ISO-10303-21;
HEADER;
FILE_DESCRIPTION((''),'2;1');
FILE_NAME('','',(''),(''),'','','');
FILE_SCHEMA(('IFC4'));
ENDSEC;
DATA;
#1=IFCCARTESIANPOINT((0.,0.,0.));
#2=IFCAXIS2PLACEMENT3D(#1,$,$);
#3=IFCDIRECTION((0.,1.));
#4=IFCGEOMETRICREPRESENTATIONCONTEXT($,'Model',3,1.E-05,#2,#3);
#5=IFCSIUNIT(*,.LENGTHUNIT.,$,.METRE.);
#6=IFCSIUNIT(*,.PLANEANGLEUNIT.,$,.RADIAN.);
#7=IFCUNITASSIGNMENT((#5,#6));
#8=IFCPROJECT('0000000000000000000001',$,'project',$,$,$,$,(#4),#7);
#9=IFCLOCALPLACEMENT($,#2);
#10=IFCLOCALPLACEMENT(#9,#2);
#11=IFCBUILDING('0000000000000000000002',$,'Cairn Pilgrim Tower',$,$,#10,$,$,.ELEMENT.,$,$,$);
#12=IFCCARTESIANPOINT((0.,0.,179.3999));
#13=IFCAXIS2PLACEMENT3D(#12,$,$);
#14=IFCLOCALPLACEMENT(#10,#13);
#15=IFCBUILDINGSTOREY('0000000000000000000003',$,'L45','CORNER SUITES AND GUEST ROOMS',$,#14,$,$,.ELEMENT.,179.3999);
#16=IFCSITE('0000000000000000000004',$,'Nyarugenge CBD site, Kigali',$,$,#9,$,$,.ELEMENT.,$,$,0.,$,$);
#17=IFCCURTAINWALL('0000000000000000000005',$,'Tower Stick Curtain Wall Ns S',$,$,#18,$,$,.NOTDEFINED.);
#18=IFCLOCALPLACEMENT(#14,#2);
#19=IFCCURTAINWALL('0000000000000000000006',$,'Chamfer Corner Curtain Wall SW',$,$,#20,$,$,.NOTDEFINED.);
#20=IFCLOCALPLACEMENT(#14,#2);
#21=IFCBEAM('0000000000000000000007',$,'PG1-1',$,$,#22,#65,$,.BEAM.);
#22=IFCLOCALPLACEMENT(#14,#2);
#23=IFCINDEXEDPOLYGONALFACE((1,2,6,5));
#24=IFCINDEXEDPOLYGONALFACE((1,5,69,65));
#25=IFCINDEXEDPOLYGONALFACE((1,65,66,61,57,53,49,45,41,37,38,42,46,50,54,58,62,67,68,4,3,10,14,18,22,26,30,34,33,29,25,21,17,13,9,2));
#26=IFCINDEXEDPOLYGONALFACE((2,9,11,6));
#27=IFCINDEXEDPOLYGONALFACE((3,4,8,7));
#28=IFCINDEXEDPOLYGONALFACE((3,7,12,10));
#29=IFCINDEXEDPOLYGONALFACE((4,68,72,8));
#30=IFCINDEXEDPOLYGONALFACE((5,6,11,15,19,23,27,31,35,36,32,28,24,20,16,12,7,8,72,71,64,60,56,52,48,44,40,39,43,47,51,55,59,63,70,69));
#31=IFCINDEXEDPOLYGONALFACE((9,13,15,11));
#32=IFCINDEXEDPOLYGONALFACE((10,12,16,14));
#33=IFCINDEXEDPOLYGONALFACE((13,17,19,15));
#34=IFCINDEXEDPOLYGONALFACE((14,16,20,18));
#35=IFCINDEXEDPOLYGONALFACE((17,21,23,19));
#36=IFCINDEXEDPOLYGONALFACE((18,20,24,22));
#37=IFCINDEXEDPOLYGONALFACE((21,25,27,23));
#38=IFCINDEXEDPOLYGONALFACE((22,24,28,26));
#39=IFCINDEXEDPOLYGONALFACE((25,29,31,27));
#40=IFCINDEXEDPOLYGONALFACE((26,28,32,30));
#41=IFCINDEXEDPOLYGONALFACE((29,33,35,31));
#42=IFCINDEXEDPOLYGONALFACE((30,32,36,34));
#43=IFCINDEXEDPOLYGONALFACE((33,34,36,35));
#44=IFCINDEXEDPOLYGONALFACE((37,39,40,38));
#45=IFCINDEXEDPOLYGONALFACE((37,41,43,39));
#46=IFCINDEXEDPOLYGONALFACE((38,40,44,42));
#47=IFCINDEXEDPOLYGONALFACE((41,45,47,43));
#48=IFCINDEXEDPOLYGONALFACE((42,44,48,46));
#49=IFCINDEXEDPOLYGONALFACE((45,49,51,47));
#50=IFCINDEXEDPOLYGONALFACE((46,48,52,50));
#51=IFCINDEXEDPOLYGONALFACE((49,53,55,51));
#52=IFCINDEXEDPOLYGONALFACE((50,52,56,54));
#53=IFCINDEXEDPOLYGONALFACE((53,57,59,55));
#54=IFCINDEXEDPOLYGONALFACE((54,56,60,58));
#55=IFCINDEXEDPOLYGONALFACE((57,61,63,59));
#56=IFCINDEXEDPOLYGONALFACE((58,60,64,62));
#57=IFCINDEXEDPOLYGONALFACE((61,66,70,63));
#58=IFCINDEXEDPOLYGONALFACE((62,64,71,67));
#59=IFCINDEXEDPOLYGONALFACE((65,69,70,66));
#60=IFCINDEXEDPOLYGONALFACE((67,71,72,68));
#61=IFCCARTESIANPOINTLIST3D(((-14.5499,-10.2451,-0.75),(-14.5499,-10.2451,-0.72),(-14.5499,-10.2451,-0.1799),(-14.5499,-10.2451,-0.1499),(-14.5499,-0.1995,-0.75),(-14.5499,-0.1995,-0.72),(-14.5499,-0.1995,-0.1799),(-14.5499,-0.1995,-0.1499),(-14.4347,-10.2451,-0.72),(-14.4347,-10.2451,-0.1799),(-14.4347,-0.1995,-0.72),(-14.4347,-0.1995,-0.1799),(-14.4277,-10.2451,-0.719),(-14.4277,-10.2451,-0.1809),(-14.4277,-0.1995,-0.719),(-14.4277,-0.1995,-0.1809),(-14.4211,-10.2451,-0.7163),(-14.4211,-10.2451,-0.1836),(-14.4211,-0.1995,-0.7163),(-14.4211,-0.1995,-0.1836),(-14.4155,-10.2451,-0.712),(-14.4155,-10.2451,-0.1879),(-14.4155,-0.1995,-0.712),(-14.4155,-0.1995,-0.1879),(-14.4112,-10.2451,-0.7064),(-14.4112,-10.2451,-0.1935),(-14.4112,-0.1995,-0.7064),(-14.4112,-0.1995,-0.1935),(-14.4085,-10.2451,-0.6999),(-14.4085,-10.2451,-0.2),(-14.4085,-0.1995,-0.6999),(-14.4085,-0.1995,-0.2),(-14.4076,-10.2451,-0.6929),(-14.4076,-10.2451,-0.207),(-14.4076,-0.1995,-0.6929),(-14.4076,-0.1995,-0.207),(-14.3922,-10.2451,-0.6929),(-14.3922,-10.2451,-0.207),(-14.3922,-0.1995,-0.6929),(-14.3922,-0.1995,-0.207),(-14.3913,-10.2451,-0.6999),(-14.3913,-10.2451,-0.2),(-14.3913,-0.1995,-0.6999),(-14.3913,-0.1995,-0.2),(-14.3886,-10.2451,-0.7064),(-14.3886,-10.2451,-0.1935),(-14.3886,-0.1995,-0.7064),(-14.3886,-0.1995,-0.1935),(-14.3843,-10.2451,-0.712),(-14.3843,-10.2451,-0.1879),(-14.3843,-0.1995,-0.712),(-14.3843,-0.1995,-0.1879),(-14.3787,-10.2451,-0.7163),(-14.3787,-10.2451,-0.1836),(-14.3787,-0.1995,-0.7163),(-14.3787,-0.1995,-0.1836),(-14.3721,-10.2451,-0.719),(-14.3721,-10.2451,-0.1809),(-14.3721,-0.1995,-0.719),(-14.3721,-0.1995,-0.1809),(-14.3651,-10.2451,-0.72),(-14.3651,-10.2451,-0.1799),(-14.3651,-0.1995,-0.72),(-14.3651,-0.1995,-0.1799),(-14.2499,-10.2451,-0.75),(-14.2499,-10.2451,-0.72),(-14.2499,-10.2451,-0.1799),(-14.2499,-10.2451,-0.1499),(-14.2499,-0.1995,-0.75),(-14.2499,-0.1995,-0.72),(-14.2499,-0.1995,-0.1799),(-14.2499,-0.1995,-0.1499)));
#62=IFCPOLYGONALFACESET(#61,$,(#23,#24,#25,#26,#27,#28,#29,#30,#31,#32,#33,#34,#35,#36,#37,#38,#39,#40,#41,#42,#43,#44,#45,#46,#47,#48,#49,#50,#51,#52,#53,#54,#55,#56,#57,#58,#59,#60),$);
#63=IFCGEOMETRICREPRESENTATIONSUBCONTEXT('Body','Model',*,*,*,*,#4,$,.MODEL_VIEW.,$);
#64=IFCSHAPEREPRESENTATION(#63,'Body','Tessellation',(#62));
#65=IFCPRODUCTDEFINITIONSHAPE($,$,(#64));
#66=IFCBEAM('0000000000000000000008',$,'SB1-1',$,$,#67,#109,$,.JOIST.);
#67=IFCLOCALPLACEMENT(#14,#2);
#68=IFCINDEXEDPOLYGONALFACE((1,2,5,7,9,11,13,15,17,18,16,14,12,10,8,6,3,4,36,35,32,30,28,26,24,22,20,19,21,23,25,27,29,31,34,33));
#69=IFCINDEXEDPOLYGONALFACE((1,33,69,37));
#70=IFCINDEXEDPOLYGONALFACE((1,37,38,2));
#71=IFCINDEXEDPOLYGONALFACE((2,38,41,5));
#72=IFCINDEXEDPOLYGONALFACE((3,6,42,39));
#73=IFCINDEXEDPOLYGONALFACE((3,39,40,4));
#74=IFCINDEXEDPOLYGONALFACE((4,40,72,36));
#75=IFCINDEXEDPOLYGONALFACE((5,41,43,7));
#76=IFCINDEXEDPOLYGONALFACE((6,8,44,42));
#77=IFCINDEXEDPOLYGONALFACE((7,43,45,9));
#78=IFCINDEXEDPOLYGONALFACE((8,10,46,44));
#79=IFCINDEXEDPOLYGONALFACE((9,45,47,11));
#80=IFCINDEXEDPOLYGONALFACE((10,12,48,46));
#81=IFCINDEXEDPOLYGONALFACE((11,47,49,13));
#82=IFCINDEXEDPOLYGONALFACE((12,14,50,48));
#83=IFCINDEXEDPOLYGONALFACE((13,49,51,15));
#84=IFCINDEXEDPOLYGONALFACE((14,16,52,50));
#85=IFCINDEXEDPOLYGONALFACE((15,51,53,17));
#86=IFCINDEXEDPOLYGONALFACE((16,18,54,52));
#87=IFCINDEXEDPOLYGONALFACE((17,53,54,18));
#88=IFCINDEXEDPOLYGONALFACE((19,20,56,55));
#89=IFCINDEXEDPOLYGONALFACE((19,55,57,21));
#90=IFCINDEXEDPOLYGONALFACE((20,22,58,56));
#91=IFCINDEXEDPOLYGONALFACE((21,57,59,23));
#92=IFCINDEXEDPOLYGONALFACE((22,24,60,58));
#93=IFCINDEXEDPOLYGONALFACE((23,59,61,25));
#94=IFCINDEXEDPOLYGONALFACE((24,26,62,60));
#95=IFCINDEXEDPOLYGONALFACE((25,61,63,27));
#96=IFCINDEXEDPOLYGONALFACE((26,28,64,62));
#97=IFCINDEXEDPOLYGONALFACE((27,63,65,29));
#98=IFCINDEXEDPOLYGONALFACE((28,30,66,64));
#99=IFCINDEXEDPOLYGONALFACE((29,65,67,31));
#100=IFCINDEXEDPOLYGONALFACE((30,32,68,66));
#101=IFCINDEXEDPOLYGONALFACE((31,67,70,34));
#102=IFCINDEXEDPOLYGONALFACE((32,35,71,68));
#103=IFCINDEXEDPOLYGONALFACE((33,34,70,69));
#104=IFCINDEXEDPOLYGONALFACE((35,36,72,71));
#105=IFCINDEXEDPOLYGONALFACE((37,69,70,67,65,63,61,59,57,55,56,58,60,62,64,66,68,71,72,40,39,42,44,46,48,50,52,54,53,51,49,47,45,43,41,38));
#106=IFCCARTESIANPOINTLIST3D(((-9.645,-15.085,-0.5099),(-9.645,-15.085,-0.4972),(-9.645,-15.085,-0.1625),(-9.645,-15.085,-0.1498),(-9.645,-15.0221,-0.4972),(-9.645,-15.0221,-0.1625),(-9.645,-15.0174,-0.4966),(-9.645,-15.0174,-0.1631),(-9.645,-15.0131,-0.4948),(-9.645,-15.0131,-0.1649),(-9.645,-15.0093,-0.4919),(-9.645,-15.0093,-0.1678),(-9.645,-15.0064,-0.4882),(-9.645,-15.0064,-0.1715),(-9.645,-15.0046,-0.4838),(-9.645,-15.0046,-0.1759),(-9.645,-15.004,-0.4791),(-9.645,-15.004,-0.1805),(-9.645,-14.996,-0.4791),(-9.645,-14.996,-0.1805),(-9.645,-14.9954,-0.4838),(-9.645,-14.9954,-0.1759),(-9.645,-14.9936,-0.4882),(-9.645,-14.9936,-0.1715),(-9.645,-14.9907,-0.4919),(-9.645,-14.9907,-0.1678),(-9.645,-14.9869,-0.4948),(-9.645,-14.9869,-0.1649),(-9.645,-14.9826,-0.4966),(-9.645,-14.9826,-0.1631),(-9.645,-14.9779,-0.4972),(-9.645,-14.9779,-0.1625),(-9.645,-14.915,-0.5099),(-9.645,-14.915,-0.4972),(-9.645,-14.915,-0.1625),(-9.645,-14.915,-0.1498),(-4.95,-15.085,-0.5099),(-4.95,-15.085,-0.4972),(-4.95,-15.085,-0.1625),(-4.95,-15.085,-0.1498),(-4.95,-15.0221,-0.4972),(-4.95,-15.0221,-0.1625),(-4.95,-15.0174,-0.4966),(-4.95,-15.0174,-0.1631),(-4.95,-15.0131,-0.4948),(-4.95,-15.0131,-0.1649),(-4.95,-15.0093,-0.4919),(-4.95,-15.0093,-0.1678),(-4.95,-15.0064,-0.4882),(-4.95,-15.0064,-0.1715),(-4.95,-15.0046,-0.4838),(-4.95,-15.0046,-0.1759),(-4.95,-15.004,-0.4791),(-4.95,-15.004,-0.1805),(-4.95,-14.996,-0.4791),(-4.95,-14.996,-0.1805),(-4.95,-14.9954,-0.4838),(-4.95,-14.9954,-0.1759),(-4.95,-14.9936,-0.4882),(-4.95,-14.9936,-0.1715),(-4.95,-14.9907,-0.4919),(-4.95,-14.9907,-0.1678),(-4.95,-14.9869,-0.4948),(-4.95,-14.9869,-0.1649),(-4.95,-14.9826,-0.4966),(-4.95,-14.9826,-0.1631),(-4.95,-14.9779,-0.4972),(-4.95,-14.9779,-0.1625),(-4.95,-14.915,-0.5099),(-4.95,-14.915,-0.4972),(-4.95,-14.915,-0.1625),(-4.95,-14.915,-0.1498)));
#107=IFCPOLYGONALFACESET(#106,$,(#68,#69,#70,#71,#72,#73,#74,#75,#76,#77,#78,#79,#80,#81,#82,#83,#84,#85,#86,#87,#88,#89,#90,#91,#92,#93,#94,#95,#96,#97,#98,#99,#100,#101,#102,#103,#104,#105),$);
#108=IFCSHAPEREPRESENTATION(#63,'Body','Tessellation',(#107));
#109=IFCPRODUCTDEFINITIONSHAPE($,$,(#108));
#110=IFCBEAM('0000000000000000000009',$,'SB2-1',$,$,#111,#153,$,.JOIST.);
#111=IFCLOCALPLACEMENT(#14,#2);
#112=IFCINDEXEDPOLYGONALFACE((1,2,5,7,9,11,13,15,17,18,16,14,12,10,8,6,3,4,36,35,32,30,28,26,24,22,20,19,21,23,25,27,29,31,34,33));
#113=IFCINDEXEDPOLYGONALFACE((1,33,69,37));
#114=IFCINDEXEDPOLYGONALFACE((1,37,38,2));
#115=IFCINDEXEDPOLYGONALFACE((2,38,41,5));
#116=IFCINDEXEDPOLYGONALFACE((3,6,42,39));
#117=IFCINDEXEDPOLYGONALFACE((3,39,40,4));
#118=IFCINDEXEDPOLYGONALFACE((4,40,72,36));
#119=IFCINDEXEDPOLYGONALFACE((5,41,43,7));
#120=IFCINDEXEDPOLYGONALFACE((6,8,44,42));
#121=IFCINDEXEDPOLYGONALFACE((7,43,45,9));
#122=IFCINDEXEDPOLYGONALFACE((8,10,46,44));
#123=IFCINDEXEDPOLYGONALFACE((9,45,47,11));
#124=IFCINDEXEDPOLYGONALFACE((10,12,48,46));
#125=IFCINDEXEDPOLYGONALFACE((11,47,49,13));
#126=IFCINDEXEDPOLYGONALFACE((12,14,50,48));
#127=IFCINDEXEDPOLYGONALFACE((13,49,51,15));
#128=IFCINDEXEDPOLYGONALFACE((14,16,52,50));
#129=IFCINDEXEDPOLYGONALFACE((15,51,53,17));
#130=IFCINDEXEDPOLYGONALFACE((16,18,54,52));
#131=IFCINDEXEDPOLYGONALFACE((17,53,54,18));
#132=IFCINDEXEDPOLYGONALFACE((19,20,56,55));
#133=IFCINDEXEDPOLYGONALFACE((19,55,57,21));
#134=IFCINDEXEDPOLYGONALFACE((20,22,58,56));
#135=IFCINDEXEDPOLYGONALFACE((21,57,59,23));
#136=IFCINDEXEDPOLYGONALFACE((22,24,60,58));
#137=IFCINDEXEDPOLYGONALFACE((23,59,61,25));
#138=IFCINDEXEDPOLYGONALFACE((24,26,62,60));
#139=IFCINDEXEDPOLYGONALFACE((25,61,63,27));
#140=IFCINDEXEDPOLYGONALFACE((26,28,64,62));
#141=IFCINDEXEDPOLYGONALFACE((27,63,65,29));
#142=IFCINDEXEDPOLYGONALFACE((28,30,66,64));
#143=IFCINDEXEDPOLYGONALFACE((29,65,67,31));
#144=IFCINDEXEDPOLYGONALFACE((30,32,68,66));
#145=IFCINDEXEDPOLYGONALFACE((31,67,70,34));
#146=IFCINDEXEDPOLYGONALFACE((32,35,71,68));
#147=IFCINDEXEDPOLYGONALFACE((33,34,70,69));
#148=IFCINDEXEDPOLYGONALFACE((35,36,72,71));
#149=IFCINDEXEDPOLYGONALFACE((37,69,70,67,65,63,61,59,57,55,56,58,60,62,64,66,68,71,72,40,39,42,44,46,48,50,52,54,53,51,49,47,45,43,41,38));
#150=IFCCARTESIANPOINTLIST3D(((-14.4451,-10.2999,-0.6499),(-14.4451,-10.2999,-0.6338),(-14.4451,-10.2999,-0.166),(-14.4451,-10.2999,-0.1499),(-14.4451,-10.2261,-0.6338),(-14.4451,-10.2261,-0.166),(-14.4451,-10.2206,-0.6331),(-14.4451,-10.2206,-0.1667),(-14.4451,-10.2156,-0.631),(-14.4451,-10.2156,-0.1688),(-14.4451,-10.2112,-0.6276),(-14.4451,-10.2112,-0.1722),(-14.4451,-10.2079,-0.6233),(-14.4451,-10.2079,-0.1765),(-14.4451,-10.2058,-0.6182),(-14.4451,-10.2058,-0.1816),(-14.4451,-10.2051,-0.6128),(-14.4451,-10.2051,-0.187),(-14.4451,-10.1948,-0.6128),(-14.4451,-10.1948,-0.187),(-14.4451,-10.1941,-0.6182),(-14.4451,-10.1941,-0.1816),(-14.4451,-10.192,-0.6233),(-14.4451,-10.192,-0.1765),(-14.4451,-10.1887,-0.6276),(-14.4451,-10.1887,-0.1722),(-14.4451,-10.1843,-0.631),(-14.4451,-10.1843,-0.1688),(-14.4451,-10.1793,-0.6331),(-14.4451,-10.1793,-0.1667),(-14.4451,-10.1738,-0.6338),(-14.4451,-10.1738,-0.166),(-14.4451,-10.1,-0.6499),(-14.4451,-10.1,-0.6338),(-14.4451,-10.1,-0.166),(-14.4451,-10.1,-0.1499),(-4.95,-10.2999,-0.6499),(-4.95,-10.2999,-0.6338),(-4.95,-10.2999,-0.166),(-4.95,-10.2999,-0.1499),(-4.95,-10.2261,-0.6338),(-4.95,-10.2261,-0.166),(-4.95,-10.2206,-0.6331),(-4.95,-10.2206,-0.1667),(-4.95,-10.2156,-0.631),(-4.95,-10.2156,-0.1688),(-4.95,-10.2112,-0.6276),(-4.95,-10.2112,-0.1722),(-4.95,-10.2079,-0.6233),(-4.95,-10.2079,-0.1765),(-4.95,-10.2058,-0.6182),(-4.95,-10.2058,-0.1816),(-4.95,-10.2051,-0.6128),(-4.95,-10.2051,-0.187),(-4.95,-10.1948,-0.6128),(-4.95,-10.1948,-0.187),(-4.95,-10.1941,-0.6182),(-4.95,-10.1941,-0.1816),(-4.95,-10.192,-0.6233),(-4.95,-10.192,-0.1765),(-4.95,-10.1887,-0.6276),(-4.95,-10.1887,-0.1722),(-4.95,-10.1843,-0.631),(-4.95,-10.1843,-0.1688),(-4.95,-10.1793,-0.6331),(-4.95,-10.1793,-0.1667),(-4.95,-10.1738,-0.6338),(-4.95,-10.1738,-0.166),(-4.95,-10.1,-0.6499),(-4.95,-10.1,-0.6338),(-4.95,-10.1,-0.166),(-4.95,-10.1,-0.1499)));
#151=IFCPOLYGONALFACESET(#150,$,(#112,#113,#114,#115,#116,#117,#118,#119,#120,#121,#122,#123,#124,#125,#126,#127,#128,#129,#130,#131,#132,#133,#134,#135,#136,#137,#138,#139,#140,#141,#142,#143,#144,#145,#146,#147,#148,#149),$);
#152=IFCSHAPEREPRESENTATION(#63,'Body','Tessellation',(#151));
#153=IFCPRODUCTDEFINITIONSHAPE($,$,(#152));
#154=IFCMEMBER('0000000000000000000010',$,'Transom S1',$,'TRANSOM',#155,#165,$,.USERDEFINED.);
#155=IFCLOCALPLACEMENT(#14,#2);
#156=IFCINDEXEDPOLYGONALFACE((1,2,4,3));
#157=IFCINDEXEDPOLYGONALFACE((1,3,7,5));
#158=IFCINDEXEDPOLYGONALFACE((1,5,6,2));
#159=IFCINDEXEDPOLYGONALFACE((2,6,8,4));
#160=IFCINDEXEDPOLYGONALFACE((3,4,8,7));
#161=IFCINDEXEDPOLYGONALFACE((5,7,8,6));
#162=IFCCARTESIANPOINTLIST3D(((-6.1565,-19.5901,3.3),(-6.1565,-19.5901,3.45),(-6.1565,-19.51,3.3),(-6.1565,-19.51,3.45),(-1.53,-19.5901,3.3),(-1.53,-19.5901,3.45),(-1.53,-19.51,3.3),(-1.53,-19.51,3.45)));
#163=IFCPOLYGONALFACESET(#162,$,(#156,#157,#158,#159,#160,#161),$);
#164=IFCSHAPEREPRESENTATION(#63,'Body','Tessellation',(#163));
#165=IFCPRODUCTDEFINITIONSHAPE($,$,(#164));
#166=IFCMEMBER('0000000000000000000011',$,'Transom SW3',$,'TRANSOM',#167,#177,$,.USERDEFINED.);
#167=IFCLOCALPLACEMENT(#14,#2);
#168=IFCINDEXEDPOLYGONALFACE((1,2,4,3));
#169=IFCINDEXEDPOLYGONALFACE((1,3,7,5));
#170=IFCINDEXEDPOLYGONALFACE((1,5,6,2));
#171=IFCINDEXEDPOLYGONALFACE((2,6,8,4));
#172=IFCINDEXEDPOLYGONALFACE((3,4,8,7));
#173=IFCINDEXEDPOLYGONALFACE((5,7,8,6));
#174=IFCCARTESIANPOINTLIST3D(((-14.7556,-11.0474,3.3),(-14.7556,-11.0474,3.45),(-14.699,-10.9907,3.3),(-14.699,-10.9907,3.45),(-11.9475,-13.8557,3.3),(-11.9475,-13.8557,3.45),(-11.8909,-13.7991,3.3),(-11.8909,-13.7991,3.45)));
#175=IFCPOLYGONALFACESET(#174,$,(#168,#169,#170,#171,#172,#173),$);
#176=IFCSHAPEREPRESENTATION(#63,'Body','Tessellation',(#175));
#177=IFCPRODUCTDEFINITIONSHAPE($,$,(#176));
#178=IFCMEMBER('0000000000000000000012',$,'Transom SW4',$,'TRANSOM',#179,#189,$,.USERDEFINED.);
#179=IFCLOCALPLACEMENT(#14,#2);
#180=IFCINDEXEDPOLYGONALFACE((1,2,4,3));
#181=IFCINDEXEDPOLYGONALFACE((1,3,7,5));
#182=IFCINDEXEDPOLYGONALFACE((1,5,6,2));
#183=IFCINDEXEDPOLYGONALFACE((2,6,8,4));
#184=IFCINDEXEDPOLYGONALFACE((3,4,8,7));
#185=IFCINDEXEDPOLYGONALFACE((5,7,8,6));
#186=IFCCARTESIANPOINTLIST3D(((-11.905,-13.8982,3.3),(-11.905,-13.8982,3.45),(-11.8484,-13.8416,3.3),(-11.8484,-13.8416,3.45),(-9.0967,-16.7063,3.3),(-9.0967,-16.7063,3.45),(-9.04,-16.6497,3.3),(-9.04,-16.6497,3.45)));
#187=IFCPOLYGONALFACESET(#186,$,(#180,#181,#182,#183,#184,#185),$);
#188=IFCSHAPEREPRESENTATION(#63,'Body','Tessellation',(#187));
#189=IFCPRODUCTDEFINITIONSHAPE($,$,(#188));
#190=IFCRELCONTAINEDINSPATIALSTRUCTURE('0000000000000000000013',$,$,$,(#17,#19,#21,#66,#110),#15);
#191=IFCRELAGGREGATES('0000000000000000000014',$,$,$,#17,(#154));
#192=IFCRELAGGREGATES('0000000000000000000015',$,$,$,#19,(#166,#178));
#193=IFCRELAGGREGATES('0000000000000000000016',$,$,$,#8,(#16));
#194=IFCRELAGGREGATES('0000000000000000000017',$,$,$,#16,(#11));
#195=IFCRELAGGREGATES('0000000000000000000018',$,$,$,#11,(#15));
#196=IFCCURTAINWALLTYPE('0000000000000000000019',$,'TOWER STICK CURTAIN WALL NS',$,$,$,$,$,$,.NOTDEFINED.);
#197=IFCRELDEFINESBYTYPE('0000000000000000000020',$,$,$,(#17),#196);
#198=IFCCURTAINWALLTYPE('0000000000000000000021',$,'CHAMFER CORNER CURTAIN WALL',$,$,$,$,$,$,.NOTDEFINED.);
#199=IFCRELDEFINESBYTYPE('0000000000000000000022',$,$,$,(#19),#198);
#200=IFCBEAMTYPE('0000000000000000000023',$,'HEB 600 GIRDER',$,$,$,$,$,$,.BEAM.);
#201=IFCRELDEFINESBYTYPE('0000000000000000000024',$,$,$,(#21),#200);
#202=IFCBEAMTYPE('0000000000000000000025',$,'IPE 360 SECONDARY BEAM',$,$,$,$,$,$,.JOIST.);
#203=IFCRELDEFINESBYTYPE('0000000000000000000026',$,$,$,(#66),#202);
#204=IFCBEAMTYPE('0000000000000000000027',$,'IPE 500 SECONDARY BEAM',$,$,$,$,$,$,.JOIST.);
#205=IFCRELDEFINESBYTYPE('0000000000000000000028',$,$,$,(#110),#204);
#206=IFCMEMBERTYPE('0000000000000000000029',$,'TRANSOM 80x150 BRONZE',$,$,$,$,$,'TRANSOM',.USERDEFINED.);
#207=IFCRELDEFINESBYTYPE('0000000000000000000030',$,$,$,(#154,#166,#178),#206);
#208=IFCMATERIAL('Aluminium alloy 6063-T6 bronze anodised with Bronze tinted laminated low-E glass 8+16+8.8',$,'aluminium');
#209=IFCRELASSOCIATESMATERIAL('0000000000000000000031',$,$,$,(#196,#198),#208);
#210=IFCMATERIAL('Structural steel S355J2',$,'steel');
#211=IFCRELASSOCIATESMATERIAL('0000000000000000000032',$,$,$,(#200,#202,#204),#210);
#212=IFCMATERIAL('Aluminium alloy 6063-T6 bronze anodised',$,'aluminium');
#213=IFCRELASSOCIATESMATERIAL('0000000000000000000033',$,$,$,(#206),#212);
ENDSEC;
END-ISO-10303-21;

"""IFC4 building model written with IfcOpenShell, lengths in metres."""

from ifc_helpers import new_model, si_unit, direction, frame, origin, origin_2d, place, context, subcontext, project, spatial, rectangle, i_section, extrude, material, material_profile, profile_set, type_object, element, aggregate, save


model = new_model("IFC4")

# Units and contexts
model_context = context("Model", 3, precision=1e-05, world=origin(), true_north=direction((0.0, 1.0)))
body_context = subcontext(model_context, "Body", "Model", "MODEL_VIEW")
ifc_project = project(units=[si_unit("LENGTHUNIT", "METRE"), si_unit("PLANEANGLEUNIT", "RADIAN")], contexts=[model_context])

# Site, building, storey
site_placement = place(None, origin())
site = spatial("IfcSite", under=ifc_project, at=site_placement, Name="Nyarugenge CBD site, Kigali", CompositionType="ELEMENT", RefElevation=0.0)
building_placement = place(site_placement, origin())
building = spatial("IfcBuilding", under=site, at=building_placement, Name="Cairn Pilgrim Tower", CompositionType="ELEMENT")
storey_placement = place(building_placement, frame((0.0, 0.0, 179.3999)))
storey = spatial("IfcBuildingStorey", under=building, at=storey_placement, Name="L45", Description="CORNER SUITES AND GUEST ROOMS", CompositionType="ELEMENT", Elevation=179.3999)

# Shared definitions
ifc_material_1 = material(Name="Structural steel S355J2", Category="steel")

# Curtain wall
ifc_material_2 = material(Name="Aluminium alloy 6063-T6 bronze anodised with Bronze tinted laminated low-E glass 8+16+8.8", Category="aluminium")
curtain_wall_type_1 = type_object("IfcCurtainWallType", Name="TOWER STICK CURTAIN WALL NS", PredefinedType="NOTDEFINED", material=ifc_material_2)
curtain_wall_1_placement = place(storey_placement, origin())
curtain_wall_1 = element("IfcCurtainWall", 1, at=curtain_wall_1_placement, inside=storey, type_object=curtain_wall_type_1, Name="Tower Stick Curtain Wall Ns S", PredefinedType="NOTDEFINED")
ifc_material_3 = material(Name="Aluminium alloy 6063-T6 bronze anodised", Category="aluminium")

# Curtain wall
curtain_wall_type_2 = type_object("IfcCurtainWallType", Name="CHAMFER CORNER CURTAIN WALL", PredefinedType="NOTDEFINED", material=ifc_material_2)
curtain_wall_2_placement = place(storey_placement, origin())
curtain_wall_2 = element("IfcCurtainWall", 2, at=curtain_wall_2_placement, inside=storey, type_object=curtain_wall_type_2, Name="Chamfer Corner Curtain Wall SW", PredefinedType="NOTDEFINED")

# Beams
ifc_material_profile_1 = material_profile(ifc_material_1, i_section(OverallWidth=0.3, OverallDepth=0.6001, WebThickness=0.0154, FlangeThickness=0.03, FilletRadius=0.0271, at=origin_2d()), Name="HEB 600")
ifc_profile_set_1 = profile_set([ifc_material_profile_1], Name="Structural steel S355J2")
beam_type_1 = type_object("IfcBeamType", Name="HEB 600 GIRDER", PredefinedType="BEAM", material=ifc_profile_set_1)
beam_1_placement = place(storey_placement, frame((-14.3999, -10.2451, -0.45), z_axis=(0.0, 1.0, 0.0), x_axis=(-1.0, 0.0, 0.0)))
element("IfcBeam", 3, at=beam_1_placement, inside=storey, type_object=beam_type_1, Name="PG1-1", PredefinedType="BEAM", context=body_context, shape_type="SweptSolid", body=[
    extrude(i_section(OverallWidth=0.3, OverallDepth=0.6001, WebThickness=0.0154, FlangeThickness=0.03, FilletRadius=0.0271, at=origin_2d()), origin(), (0.0, 0.0, 1.0), 10.0457),
])
ifc_material_profile_2 = material_profile(ifc_material_1, i_section(OverallWidth=0.1699, OverallDepth=0.3601, WebThickness=0.0081, FlangeThickness=0.0127, FilletRadius=0.0181, at=origin_2d()), Name="IPE 360")
ifc_profile_set_2 = profile_set([ifc_material_profile_2], Name="Structural steel S355J2")
beam_type_2 = type_object("IfcBeamType", Name="IPE 360 SECONDARY BEAM", PredefinedType="JOIST", material=ifc_profile_set_2)
beam_2_placement = place(storey_placement, frame((-9.645, -15.0, -0.3298), z_axis=(1.0, 0.0, 0.0), x_axis=(0.0, 1.0, 0.0)))
element("IfcBeam", 4, at=beam_2_placement, inside=storey, type_object=beam_type_2, Name="SB1-1", PredefinedType="JOIST", context=body_context, shape_type="SweptSolid", body=[
    extrude(i_section(OverallWidth=0.1699, OverallDepth=0.3601, WebThickness=0.0081, FlangeThickness=0.0127, FilletRadius=0.0181, at=origin_2d()), origin(), (0.0, 0.0, 1.0), 4.6951),
])
ifc_material_profile_3 = material_profile(ifc_material_1, i_section(OverallWidth=0.2, OverallDepth=0.5, WebThickness=0.0103, FlangeThickness=0.0161, FilletRadius=0.021, at=origin_2d()), Name="IPE 500")
ifc_profile_set_3 = profile_set([ifc_material_profile_3], Name="Structural steel S355J2")
beam_type_3 = type_object("IfcBeamType", Name="IPE 500 SECONDARY BEAM", PredefinedType="JOIST", material=ifc_profile_set_3)
beam_3_placement = place(storey_placement, frame((-14.4451, -10.2, -0.3999), z_axis=(1.0, 0.0, 0.0), x_axis=(0.0, 1.0, 0.0)))
element("IfcBeam", 5, at=beam_3_placement, inside=storey, type_object=beam_type_3, Name="SB2-1", PredefinedType="JOIST", context=body_context, shape_type="SweptSolid", body=[
    extrude(i_section(OverallWidth=0.2, OverallDepth=0.5, WebThickness=0.0103, FlangeThickness=0.0161, FilletRadius=0.021, at=origin_2d()), origin(), (0.0, 0.0, 1.0), 9.4951),
])

# Members
ifc_material_profile_4 = material_profile(ifc_material_3, rectangle(XDim=0.0801, YDim=0.1499, at=origin_2d()), Name="TRANSOM 80x150 BRONZE")
ifc_profile_set_4 = profile_set([ifc_material_profile_4], Name="Aluminium alloy 6063-T6 bronze anodised")
member_type_1 = type_object("IfcMemberType", Name="TRANSOM 80x150 BRONZE", ElementType="TRANSOM", PredefinedType="USERDEFINED", material=ifc_profile_set_4)
member_1_placement = place(storey_placement, frame((-6.1565, -19.55, 3.375), z_axis=(1.0, 0.0, 0.0), x_axis=(0.0, 1.0, 0.0)))
member_1 = element("IfcMember", 6, at=member_1_placement, type_object=member_type_1, Name="Transom S1", ObjectType="TRANSOM", PredefinedType="USERDEFINED", context=body_context, shape_type="SweptSolid", body=[
    extrude(rectangle(XDim=0.0801, YDim=0.1499, at=origin_2d()), origin(), (0.0, 0.0, 1.0), 4.6265),
])
aggregate(curtain_wall_1, [member_1])
member_2_placement = place(storey_placement, frame((-14.7273, -11.019, 3.375), z_axis=(0.707076, -0.707138, 0.0), x_axis=(0.707138, 0.707076, 0.0)))
member_2 = element("IfcMember", 7, at=member_2_placement, type_object=member_type_1, Name="Transom SW3", ObjectType="TRANSOM", PredefinedType="USERDEFINED", context=body_context, shape_type="SweptSolid", body=[
    extrude(rectangle(XDim=0.0801, YDim=0.1499, at=origin_2d()), origin(), (0.0, 0.0, 1.0), 3.9714),
])
member_3_placement = place(storey_placement, frame((-11.8767, -13.8699, 3.375), z_axis=(0.707138, -0.707076, 0.0), x_axis=(0.707076, 0.707138, 0.0)))
member_3 = element("IfcMember", 8, at=member_3_placement, type_object=member_type_1, Name="Transom SW4", ObjectType="TRANSOM", PredefinedType="USERDEFINED", context=body_context, shape_type="SweptSolid", body=[
    extrude(rectangle(XDim=0.0801, YDim=0.1499, at=origin_2d()), origin(), (0.0, 0.0, 1.0), 3.9714),
])

aggregate(curtain_wall_2, [member_2, member_3])

save(model, "model.ifc")
